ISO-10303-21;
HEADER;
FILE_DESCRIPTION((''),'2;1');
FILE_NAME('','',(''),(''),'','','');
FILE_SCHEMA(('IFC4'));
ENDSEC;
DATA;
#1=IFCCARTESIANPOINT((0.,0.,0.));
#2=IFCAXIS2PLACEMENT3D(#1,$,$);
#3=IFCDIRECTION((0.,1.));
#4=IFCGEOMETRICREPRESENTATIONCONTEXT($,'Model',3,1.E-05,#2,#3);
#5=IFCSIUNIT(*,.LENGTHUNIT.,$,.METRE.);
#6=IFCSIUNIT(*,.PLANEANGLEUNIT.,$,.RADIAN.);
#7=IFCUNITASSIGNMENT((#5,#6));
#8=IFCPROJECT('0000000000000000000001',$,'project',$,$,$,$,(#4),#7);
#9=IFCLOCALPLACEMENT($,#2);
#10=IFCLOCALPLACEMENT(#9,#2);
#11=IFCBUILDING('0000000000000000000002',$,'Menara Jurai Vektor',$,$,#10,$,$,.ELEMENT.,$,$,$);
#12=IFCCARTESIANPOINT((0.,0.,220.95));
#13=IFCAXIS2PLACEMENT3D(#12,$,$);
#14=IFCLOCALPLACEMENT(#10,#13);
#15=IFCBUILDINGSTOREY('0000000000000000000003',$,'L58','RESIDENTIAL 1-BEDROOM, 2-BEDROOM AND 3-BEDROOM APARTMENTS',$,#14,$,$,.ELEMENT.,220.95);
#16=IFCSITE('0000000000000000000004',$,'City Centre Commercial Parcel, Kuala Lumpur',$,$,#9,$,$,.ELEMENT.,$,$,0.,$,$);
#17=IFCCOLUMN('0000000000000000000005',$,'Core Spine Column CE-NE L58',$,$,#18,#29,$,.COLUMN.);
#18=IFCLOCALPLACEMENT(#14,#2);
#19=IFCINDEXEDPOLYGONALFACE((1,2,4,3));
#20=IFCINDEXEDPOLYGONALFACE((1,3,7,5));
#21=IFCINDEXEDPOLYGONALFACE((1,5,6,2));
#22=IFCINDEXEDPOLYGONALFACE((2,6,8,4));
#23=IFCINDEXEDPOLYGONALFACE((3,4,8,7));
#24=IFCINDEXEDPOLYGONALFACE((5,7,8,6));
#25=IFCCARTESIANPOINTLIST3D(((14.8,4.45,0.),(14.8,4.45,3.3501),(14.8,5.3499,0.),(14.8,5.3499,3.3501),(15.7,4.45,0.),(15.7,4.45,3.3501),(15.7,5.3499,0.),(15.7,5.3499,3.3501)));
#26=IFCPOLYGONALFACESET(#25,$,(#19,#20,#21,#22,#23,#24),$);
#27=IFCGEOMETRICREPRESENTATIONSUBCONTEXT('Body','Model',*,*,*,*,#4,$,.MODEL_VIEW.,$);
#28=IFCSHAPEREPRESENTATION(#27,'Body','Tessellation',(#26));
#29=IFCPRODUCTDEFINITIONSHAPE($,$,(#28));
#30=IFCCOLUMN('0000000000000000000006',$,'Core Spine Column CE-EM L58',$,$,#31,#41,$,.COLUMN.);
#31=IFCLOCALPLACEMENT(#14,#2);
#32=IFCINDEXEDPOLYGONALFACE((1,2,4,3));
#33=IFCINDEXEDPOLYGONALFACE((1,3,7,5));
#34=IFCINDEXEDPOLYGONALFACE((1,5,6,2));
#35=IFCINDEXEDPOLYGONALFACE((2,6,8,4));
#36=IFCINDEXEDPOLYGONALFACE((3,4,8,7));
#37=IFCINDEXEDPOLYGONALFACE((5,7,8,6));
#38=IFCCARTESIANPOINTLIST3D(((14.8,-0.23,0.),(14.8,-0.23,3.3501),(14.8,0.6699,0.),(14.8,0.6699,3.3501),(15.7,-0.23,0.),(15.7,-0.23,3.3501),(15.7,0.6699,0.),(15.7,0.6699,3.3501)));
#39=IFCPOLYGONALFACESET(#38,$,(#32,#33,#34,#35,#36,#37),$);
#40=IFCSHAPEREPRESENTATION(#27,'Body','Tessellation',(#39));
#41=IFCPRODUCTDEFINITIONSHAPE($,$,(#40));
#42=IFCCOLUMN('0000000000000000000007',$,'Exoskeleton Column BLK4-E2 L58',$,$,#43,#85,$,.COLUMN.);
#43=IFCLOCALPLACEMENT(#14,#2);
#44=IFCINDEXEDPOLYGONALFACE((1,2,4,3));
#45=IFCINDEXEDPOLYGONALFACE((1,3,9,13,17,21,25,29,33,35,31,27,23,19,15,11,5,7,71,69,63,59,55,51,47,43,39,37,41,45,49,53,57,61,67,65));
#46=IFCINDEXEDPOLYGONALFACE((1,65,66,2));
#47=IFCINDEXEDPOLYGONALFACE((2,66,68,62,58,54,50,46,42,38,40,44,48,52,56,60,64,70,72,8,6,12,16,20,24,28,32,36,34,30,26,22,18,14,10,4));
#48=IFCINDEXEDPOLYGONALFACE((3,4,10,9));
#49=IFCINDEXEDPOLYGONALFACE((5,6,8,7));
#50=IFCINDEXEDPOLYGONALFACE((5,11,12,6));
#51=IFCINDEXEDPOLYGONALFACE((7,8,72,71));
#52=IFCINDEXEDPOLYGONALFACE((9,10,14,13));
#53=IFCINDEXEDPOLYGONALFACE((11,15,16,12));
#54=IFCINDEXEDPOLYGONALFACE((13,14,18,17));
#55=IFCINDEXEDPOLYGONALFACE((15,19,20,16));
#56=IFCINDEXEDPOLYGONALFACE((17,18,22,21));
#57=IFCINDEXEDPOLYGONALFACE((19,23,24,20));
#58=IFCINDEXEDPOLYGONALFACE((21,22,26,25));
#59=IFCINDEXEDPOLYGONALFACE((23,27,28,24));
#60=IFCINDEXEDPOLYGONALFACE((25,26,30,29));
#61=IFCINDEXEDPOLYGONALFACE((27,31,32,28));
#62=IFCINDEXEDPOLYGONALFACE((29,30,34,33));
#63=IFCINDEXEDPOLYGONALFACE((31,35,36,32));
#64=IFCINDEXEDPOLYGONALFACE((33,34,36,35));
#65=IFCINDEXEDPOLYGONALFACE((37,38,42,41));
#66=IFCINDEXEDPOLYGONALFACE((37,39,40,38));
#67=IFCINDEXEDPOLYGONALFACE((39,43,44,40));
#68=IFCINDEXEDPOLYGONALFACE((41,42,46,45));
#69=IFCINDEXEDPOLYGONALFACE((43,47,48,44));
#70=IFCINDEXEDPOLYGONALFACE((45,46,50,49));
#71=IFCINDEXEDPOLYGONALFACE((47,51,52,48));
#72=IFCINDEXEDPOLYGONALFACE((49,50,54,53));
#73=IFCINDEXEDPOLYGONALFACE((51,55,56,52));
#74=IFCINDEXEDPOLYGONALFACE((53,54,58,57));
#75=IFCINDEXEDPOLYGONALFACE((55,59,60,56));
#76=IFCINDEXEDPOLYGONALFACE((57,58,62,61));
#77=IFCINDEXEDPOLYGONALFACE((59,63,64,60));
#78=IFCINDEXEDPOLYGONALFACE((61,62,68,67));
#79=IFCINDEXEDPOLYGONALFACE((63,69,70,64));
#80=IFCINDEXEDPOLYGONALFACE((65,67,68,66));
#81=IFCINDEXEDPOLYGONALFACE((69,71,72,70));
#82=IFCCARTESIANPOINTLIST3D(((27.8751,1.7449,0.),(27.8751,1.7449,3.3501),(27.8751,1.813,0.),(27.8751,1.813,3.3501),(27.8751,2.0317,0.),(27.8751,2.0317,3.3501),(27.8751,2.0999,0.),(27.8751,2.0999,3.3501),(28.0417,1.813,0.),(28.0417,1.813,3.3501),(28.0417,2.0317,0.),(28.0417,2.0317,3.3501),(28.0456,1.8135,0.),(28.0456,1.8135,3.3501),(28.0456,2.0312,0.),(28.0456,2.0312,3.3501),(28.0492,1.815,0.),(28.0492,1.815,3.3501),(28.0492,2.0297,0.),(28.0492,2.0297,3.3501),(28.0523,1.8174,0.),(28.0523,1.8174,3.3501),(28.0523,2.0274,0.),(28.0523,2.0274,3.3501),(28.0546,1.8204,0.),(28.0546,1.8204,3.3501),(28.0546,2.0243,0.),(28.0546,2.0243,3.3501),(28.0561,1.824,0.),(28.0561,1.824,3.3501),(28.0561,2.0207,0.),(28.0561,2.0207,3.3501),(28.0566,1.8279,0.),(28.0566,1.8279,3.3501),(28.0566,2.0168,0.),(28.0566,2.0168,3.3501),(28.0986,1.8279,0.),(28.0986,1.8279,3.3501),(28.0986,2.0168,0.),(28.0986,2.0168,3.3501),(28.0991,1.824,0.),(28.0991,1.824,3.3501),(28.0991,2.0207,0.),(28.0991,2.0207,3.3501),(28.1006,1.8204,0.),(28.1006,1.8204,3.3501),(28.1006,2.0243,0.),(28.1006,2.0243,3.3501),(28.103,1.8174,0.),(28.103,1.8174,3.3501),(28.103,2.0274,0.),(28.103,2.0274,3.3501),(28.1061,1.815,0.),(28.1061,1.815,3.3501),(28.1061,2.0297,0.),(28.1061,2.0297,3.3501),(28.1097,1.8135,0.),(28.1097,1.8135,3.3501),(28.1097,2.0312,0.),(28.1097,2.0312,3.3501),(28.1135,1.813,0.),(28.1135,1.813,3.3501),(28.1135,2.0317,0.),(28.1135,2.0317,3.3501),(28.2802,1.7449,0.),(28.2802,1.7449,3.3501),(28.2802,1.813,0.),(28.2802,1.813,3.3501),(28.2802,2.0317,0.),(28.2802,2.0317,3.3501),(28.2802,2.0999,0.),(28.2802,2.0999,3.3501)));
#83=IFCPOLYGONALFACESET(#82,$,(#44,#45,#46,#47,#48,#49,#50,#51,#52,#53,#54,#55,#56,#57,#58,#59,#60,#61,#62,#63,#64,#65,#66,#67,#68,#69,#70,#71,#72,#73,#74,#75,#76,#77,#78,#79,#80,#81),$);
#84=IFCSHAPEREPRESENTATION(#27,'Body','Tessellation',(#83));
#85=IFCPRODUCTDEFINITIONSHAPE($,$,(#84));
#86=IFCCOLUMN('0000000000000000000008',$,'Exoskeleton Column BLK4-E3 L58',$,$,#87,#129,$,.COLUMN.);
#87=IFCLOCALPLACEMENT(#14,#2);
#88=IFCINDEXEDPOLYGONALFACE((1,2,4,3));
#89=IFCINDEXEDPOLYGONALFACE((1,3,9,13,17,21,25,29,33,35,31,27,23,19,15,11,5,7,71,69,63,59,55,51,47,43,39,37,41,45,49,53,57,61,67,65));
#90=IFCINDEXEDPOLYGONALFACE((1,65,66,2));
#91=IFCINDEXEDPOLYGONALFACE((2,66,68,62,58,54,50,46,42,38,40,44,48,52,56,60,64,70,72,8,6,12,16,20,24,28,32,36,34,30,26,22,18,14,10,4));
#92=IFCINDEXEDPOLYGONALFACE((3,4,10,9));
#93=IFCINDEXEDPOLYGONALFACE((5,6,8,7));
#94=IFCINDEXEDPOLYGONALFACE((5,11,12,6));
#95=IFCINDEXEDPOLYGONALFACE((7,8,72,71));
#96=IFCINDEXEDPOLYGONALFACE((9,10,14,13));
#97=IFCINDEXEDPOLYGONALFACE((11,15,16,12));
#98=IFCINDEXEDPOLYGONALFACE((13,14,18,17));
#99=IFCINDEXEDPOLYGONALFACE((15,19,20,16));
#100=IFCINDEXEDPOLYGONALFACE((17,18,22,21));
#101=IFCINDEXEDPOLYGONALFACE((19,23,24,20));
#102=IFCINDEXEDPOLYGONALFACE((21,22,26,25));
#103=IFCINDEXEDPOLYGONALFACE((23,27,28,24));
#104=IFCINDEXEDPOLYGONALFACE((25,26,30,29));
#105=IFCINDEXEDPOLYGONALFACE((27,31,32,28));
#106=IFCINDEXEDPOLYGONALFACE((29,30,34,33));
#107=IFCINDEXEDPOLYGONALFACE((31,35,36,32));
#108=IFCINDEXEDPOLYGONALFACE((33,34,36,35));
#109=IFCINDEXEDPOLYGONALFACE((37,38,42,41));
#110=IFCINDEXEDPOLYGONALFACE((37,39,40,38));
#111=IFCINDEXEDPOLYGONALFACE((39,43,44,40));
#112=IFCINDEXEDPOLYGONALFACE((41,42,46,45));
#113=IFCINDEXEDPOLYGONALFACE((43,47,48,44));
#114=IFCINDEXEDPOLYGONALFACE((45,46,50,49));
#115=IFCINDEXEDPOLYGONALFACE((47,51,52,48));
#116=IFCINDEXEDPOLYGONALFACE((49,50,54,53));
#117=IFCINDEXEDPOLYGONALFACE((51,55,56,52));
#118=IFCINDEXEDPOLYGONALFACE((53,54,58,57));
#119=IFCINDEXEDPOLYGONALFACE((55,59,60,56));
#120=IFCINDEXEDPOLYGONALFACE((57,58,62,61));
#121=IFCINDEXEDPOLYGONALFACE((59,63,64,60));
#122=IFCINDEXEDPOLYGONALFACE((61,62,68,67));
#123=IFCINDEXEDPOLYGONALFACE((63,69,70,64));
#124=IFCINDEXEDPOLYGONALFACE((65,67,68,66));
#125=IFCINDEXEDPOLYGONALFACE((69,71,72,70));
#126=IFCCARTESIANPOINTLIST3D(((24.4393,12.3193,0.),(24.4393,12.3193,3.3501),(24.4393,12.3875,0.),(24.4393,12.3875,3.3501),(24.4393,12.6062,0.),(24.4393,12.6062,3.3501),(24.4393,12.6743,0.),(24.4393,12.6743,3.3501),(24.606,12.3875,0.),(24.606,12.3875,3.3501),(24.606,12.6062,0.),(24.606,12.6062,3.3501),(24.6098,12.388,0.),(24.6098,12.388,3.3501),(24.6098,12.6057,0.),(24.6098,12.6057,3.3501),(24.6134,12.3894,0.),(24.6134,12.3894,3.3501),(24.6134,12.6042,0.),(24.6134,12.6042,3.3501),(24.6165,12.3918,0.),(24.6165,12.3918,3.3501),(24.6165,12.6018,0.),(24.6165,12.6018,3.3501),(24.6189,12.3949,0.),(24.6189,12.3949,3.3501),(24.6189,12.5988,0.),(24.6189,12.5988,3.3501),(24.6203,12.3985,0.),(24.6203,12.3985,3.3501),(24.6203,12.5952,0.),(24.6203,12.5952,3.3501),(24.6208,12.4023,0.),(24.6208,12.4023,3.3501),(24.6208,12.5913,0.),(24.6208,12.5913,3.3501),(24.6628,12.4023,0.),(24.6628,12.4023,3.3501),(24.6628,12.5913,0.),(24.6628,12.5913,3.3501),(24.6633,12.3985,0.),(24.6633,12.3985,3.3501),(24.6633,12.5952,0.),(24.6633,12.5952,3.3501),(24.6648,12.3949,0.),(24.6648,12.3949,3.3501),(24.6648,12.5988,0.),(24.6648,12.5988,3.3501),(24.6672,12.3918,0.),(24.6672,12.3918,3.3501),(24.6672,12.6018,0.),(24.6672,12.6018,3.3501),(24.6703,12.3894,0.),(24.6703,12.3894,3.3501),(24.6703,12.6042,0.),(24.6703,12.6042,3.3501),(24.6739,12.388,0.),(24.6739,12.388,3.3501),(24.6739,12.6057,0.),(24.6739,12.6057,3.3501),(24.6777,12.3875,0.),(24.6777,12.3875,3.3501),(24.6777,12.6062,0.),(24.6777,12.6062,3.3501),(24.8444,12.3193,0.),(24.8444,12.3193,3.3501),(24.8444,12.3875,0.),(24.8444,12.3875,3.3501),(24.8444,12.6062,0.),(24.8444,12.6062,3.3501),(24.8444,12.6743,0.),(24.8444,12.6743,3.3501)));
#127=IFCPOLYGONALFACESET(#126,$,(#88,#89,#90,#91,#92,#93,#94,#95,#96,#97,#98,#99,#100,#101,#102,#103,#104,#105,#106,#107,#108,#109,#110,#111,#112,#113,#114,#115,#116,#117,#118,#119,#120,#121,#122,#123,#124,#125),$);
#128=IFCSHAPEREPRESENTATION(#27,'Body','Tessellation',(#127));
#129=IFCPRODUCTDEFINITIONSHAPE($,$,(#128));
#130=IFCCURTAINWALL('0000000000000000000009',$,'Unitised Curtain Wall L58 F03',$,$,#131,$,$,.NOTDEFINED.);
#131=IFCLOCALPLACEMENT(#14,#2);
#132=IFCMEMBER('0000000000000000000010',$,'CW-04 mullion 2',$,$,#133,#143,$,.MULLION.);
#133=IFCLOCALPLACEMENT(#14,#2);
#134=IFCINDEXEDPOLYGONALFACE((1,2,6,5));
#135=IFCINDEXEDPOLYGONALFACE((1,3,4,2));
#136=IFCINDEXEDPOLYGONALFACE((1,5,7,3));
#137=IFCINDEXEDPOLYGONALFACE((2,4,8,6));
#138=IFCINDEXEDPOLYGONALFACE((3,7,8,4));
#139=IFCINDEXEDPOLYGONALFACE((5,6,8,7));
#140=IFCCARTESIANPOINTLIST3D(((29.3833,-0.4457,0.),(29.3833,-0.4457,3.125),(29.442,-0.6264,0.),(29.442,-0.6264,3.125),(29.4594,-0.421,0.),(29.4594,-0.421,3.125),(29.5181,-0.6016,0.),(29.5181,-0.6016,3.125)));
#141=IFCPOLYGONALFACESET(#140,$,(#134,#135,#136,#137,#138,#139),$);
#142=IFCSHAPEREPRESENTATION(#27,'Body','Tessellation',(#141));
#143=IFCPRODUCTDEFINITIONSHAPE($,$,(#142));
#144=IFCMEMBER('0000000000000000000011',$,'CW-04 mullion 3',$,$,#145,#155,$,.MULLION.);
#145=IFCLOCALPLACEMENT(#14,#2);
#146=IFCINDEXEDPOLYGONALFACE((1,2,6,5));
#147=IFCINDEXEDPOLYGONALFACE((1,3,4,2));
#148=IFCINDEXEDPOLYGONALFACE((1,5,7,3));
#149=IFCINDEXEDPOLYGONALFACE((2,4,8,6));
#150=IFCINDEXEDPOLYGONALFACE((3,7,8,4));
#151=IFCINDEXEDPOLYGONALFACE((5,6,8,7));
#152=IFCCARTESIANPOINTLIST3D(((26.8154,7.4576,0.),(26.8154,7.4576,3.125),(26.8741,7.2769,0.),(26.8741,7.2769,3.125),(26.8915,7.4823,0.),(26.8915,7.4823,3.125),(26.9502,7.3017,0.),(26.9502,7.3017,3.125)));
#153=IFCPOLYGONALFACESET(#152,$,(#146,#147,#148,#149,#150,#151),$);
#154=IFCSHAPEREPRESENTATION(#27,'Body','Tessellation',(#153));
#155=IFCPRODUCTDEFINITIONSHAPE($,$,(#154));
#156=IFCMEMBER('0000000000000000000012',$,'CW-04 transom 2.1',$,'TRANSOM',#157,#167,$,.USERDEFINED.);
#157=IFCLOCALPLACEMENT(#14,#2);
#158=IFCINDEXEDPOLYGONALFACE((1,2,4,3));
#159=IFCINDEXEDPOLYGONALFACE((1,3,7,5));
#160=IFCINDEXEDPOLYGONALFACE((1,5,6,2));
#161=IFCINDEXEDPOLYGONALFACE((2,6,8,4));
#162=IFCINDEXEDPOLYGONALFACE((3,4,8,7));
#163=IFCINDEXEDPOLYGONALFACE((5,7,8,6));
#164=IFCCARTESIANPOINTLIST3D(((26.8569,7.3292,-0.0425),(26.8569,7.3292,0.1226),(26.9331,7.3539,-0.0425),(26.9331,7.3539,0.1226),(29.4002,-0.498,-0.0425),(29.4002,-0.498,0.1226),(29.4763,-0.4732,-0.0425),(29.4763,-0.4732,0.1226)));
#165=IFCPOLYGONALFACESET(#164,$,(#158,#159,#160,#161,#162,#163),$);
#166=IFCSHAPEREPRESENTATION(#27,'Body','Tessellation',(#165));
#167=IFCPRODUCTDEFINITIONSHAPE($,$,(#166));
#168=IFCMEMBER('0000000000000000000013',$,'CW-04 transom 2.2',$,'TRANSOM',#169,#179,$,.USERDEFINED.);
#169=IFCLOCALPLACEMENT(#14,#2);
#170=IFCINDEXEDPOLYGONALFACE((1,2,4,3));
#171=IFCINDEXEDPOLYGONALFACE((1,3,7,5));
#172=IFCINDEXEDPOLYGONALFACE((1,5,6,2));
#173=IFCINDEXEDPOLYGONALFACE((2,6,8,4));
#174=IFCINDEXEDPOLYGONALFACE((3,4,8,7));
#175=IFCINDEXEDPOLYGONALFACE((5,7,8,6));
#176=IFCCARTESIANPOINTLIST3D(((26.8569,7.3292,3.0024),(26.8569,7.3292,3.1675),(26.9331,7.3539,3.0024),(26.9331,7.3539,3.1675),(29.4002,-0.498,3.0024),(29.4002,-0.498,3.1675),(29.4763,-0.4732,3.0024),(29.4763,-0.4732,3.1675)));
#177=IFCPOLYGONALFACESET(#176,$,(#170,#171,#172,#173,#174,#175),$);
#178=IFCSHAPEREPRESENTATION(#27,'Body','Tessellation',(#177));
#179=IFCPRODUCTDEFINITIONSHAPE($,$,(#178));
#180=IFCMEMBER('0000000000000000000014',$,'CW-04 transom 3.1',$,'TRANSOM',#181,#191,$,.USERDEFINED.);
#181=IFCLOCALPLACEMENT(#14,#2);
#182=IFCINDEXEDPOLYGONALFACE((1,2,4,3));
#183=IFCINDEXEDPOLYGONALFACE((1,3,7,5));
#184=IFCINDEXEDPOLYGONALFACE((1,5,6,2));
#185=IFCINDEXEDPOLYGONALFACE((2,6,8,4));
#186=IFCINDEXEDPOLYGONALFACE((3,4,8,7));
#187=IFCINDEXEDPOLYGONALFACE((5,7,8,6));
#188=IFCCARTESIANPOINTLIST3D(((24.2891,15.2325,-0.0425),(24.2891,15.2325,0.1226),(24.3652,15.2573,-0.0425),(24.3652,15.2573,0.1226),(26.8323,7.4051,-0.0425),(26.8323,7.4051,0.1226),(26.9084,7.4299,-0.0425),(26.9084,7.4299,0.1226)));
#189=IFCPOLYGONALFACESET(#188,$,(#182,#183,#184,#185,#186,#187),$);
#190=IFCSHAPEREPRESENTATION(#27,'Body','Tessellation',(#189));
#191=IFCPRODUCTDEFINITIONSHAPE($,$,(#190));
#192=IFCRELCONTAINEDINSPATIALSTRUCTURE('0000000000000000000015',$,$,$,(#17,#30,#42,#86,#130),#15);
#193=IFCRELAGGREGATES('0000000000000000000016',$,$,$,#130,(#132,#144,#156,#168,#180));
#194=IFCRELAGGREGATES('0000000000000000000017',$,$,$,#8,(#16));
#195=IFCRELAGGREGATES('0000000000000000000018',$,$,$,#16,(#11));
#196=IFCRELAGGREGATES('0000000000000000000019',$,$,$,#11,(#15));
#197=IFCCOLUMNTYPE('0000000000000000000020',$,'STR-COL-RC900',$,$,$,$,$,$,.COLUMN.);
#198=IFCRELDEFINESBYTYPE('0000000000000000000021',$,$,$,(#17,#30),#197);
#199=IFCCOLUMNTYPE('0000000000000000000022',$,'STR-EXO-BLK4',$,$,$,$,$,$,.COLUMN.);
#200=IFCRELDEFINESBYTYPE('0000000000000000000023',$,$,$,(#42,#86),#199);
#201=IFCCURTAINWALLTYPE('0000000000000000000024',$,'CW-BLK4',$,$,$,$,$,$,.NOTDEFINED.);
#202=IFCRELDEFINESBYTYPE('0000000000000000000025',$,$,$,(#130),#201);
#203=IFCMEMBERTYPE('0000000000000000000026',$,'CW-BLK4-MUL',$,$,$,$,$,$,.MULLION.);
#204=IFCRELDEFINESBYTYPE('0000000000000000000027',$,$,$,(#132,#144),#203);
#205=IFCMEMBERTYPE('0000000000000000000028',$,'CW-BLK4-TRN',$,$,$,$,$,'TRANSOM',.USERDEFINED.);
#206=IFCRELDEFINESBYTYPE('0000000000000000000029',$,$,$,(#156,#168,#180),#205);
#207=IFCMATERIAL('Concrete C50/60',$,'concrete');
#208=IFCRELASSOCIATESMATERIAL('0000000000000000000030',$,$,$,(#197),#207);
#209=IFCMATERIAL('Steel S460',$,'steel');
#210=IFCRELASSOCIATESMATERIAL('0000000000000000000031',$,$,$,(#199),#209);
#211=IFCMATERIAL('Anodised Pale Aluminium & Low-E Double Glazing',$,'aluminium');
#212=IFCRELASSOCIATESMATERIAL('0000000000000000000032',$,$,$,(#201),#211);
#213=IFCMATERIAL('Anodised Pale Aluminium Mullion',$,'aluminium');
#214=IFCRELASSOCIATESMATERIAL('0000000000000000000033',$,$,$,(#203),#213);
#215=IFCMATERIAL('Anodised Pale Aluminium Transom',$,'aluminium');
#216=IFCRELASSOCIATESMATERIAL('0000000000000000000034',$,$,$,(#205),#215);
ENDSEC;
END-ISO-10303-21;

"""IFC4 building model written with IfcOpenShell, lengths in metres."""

from ifc_helpers import new_model, si_unit, direction, frame, origin, origin_2d, place, context, subcontext, project, spatial, rectangle, i_section, extrude, material, material_profile, profile_set, type_object, element, aggregate, save


model = new_model("IFC4")

# Units and contexts
model_context = context("Model", 3, precision=1e-05, world=origin(), true_north=direction((0.0, 1.0)))
body_context = subcontext(model_context, "Body", "Model", "MODEL_VIEW")
ifc_project = project(units=[si_unit("LENGTHUNIT", "METRE"), si_unit("PLANEANGLEUNIT", "RADIAN")], contexts=[model_context])

# Site, building, storey
site_placement = place(None, origin())
site = spatial("IfcSite", under=ifc_project, at=site_placement, Name="City Centre Commercial Parcel, Kuala Lumpur", CompositionType="ELEMENT", RefElevation=0.0)
building_placement = place(site_placement, origin())
building = spatial("IfcBuilding", under=site, at=building_placement, Name="Menara Jurai Vektor", CompositionType="ELEMENT")
storey_placement = place(building_placement, frame((0.0, 0.0, 220.95)))
storey = spatial("IfcBuildingStorey", under=building, at=storey_placement, Name="L58", Description="RESIDENTIAL 1-BEDROOM, 2-BEDROOM AND 3-BEDROOM APARTMENTS", CompositionType="ELEMENT", Elevation=220.95)

# Columns
ifc_material_1 = material(Name="Concrete C50/60", Category="concrete")
ifc_material_profile_1 = material_profile(ifc_material_1, rectangle(XDim=0.8999, YDim=0.8999, at=origin_2d()), Name="RC 900x900")
ifc_profile_set_1 = profile_set([ifc_material_profile_1], Name="Concrete C50/60")
column_type_1 = type_object("IfcColumnType", Name="STR-COL-RC900", PredefinedType="COLUMN", material=ifc_profile_set_1)
for number, where, z_axis, x_axis, name in (
    (1, (15.25, 4.8999, 0.0), (0.0, 0.0, 1.0), (1.0, 0.0, 0.0), "Core Spine Column CE-NE L58"),
    (2, (15.25, 0.22, 0.0), (0.0, 0.0, 1.0), (1.0, 0.0, 0.0), "Core Spine Column CE-EM L58"),
):
    element("IfcColumn", number, at=place(storey_placement, frame(where, z_axis=z_axis, x_axis=x_axis)), inside=storey, type_object=column_type_1, Name=name, PredefinedType="COLUMN", context=body_context, shape_type="SweptSolid", body=[
        extrude(rectangle(XDim=0.8999, YDim=0.8999, at=origin_2d()), origin(), (0.0, 0.0, 1.0), 3.3501),
    ])
ifc_material_2 = material(Name="Steel S460", Category="steel")
ifc_material_profile_2 = material_profile(ifc_material_2, i_section(OverallWidth=0.405, OverallDepth=0.355, WebThickness=0.042, FlangeThickness=0.0681, FilletRadius=0.0149, at=origin_2d()), Name="HD 400x551")
ifc_profile_set_2 = profile_set([ifc_material_profile_2], Name="Steel S460")
column_type_2 = type_object("IfcColumnType", Name="STR-EXO-BLK4", PredefinedType="COLUMN", material=ifc_profile_set_2)
for number, where, z_axis, x_axis, name in (
    (3, (28.0776, 1.9224, 0.0), (0.0, 0.0, 1.0), (1.0, 0.0, 0.0), "Exoskeleton Column BLK4-E2 L58"),
    (4, (24.6418, 12.4968, 0.0), (0.0, 0.0, 1.0), (1.0, 0.0, 0.0), "Exoskeleton Column BLK4-E3 L58"),
):
    element("IfcColumn", number, at=place(storey_placement, frame(where, z_axis=z_axis, x_axis=x_axis)), inside=storey, type_object=column_type_2, Name=name, PredefinedType="COLUMN", context=body_context, shape_type="SweptSolid", body=[
        extrude(i_section(OverallWidth=0.405, OverallDepth=0.355, WebThickness=0.042, FlangeThickness=0.0681, FilletRadius=0.0149, at=origin_2d()), origin(), (0.0, 0.0, 1.0), 3.3501),
    ])

# Curtain wall, members
ifc_material_3 = material(Name="Anodised Pale Aluminium & Low-E Double Glazing", Category="aluminium")
curtain_wall_type = type_object("IfcCurtainWallType", Name="CW-BLK4", PredefinedType="NOTDEFINED", material=ifc_material_3)
curtain_wall_placement = place(storey_placement, origin())
curtain_wall = element("IfcCurtainWall", 5, at=curtain_wall_placement, inside=storey, type_object=curtain_wall_type, Name="Unitised Curtain Wall L58 F03", PredefinedType="NOTDEFINED")
ifc_material_4 = material(Name="Anodised Pale Aluminium Mullion", Category="aluminium")
ifc_material_profile_3 = material_profile(ifc_material_4, rectangle(XDim=0.0801, YDim=0.1899, at=origin_2d()), Name="ALU MUL 80x190")
ifc_profile_set_3 = profile_set([ifc_material_profile_3], Name="Anodised Pale Aluminium Mullion")
member_type_1 = type_object("IfcMemberType", Name="CW-BLK4-MUL", PredefinedType="MULLION", material=ifc_profile_set_3)
member_1_placement = place(storey_placement, frame((29.4507, -0.5237, 0.0), z_axis=(0.0, 0.0, 1.0), x_axis=(-0.951057, -0.309016, 0.0)))
member_1 = element("IfcMember", 6, at=member_1_placement, type_object=member_type_1, Name="CW-04 mullion 2", PredefinedType="MULLION", context=body_context, shape_type="SweptSolid", body=[
    extrude(rectangle(XDim=0.0801, YDim=0.1899, at=origin_2d()), origin(), (0.0, 0.0, 1.0), 3.125),
])
member_2_placement = place(storey_placement, frame((26.8828, 7.3796, 0.0), z_axis=(0.0, 0.0, 1.0), x_axis=(-0.951057, -0.309016, 0.0)))
member_2 = element("IfcMember", 7, at=member_2_placement, type_object=member_type_1, Name="CW-04 mullion 3", PredefinedType="MULLION", context=body_context, shape_type="SweptSolid", body=[
    extrude(rectangle(XDim=0.0801, YDim=0.1899, at=origin_2d()), origin(), (0.0, 0.0, 1.0), 3.125),
])
ifc_material_5 = material(Name="Anodised Pale Aluminium Transom", Category="aluminium")
ifc_material_profile_4 = material_profile(ifc_material_5, rectangle(XDim=0.0801, YDim=0.165, at=origin_2d()), Name="ALU TRN 80x165")
ifc_profile_set_4 = profile_set([ifc_material_profile_4], Name="Anodised Pale Aluminium Transom")
member_type_2 = type_object("IfcMemberType", Name="CW-BLK4-TRN", ElementType="TRANSOM", PredefinedType="USERDEFINED", material=ifc_profile_set_4)
member_3_placement = place(storey_placement, frame((29.4382, -0.4856, 0.04), z_axis=(-0.309019, 0.951056, 0.0), x_axis=(-0.951056, -0.309019, 0.0)))
member_3 = element("IfcMember", 8, at=member_3_placement, type_object=member_type_2, Name="CW-04 transom 2.1", ObjectType="TRANSOM", PredefinedType="USERDEFINED", context=body_context, shape_type="SweptSolid", body=[
    extrude(rectangle(XDim=0.0801, YDim=0.165, at=origin_2d()), origin(), (0.0, 0.0, 1.0), 8.23),
])
member_4_placement = place(storey_placement, frame((29.4382, -0.4856, 3.085), z_axis=(-0.309019, 0.951056, 0.0), x_axis=(-0.951056, -0.309019, 0.0)))
member_4 = element("IfcMember", 9, at=member_4_placement, type_object=member_type_2, Name="CW-04 transom 2.2", ObjectType="TRANSOM", PredefinedType="USERDEFINED", context=body_context, shape_type="SweptSolid", body=[
    extrude(rectangle(XDim=0.0801, YDim=0.165, at=origin_2d()), origin(), (0.0, 0.0, 1.0), 8.23),
])
member_5_placement = place(storey_placement, frame((26.8704, 7.4175, 0.04), z_axis=(-0.30901, 0.951059, 0.0), x_axis=(-0.951059, -0.30901, 0.0)))
member_5 = element("IfcMember", 10, at=member_5_placement, type_object=member_type_2, Name="CW-04 transom 3.1", ObjectType="TRANSOM", PredefinedType="USERDEFINED", context=body_context, shape_type="SweptSolid", body=[
    extrude(rectangle(XDim=0.0801, YDim=0.165, at=origin_2d()), origin(), (0.0, 0.0, 1.0), 8.2302),
])

aggregate(curtain_wall, [member_1, member_2, member_3, member_4, member_5])

save(model, "model.ifc")
